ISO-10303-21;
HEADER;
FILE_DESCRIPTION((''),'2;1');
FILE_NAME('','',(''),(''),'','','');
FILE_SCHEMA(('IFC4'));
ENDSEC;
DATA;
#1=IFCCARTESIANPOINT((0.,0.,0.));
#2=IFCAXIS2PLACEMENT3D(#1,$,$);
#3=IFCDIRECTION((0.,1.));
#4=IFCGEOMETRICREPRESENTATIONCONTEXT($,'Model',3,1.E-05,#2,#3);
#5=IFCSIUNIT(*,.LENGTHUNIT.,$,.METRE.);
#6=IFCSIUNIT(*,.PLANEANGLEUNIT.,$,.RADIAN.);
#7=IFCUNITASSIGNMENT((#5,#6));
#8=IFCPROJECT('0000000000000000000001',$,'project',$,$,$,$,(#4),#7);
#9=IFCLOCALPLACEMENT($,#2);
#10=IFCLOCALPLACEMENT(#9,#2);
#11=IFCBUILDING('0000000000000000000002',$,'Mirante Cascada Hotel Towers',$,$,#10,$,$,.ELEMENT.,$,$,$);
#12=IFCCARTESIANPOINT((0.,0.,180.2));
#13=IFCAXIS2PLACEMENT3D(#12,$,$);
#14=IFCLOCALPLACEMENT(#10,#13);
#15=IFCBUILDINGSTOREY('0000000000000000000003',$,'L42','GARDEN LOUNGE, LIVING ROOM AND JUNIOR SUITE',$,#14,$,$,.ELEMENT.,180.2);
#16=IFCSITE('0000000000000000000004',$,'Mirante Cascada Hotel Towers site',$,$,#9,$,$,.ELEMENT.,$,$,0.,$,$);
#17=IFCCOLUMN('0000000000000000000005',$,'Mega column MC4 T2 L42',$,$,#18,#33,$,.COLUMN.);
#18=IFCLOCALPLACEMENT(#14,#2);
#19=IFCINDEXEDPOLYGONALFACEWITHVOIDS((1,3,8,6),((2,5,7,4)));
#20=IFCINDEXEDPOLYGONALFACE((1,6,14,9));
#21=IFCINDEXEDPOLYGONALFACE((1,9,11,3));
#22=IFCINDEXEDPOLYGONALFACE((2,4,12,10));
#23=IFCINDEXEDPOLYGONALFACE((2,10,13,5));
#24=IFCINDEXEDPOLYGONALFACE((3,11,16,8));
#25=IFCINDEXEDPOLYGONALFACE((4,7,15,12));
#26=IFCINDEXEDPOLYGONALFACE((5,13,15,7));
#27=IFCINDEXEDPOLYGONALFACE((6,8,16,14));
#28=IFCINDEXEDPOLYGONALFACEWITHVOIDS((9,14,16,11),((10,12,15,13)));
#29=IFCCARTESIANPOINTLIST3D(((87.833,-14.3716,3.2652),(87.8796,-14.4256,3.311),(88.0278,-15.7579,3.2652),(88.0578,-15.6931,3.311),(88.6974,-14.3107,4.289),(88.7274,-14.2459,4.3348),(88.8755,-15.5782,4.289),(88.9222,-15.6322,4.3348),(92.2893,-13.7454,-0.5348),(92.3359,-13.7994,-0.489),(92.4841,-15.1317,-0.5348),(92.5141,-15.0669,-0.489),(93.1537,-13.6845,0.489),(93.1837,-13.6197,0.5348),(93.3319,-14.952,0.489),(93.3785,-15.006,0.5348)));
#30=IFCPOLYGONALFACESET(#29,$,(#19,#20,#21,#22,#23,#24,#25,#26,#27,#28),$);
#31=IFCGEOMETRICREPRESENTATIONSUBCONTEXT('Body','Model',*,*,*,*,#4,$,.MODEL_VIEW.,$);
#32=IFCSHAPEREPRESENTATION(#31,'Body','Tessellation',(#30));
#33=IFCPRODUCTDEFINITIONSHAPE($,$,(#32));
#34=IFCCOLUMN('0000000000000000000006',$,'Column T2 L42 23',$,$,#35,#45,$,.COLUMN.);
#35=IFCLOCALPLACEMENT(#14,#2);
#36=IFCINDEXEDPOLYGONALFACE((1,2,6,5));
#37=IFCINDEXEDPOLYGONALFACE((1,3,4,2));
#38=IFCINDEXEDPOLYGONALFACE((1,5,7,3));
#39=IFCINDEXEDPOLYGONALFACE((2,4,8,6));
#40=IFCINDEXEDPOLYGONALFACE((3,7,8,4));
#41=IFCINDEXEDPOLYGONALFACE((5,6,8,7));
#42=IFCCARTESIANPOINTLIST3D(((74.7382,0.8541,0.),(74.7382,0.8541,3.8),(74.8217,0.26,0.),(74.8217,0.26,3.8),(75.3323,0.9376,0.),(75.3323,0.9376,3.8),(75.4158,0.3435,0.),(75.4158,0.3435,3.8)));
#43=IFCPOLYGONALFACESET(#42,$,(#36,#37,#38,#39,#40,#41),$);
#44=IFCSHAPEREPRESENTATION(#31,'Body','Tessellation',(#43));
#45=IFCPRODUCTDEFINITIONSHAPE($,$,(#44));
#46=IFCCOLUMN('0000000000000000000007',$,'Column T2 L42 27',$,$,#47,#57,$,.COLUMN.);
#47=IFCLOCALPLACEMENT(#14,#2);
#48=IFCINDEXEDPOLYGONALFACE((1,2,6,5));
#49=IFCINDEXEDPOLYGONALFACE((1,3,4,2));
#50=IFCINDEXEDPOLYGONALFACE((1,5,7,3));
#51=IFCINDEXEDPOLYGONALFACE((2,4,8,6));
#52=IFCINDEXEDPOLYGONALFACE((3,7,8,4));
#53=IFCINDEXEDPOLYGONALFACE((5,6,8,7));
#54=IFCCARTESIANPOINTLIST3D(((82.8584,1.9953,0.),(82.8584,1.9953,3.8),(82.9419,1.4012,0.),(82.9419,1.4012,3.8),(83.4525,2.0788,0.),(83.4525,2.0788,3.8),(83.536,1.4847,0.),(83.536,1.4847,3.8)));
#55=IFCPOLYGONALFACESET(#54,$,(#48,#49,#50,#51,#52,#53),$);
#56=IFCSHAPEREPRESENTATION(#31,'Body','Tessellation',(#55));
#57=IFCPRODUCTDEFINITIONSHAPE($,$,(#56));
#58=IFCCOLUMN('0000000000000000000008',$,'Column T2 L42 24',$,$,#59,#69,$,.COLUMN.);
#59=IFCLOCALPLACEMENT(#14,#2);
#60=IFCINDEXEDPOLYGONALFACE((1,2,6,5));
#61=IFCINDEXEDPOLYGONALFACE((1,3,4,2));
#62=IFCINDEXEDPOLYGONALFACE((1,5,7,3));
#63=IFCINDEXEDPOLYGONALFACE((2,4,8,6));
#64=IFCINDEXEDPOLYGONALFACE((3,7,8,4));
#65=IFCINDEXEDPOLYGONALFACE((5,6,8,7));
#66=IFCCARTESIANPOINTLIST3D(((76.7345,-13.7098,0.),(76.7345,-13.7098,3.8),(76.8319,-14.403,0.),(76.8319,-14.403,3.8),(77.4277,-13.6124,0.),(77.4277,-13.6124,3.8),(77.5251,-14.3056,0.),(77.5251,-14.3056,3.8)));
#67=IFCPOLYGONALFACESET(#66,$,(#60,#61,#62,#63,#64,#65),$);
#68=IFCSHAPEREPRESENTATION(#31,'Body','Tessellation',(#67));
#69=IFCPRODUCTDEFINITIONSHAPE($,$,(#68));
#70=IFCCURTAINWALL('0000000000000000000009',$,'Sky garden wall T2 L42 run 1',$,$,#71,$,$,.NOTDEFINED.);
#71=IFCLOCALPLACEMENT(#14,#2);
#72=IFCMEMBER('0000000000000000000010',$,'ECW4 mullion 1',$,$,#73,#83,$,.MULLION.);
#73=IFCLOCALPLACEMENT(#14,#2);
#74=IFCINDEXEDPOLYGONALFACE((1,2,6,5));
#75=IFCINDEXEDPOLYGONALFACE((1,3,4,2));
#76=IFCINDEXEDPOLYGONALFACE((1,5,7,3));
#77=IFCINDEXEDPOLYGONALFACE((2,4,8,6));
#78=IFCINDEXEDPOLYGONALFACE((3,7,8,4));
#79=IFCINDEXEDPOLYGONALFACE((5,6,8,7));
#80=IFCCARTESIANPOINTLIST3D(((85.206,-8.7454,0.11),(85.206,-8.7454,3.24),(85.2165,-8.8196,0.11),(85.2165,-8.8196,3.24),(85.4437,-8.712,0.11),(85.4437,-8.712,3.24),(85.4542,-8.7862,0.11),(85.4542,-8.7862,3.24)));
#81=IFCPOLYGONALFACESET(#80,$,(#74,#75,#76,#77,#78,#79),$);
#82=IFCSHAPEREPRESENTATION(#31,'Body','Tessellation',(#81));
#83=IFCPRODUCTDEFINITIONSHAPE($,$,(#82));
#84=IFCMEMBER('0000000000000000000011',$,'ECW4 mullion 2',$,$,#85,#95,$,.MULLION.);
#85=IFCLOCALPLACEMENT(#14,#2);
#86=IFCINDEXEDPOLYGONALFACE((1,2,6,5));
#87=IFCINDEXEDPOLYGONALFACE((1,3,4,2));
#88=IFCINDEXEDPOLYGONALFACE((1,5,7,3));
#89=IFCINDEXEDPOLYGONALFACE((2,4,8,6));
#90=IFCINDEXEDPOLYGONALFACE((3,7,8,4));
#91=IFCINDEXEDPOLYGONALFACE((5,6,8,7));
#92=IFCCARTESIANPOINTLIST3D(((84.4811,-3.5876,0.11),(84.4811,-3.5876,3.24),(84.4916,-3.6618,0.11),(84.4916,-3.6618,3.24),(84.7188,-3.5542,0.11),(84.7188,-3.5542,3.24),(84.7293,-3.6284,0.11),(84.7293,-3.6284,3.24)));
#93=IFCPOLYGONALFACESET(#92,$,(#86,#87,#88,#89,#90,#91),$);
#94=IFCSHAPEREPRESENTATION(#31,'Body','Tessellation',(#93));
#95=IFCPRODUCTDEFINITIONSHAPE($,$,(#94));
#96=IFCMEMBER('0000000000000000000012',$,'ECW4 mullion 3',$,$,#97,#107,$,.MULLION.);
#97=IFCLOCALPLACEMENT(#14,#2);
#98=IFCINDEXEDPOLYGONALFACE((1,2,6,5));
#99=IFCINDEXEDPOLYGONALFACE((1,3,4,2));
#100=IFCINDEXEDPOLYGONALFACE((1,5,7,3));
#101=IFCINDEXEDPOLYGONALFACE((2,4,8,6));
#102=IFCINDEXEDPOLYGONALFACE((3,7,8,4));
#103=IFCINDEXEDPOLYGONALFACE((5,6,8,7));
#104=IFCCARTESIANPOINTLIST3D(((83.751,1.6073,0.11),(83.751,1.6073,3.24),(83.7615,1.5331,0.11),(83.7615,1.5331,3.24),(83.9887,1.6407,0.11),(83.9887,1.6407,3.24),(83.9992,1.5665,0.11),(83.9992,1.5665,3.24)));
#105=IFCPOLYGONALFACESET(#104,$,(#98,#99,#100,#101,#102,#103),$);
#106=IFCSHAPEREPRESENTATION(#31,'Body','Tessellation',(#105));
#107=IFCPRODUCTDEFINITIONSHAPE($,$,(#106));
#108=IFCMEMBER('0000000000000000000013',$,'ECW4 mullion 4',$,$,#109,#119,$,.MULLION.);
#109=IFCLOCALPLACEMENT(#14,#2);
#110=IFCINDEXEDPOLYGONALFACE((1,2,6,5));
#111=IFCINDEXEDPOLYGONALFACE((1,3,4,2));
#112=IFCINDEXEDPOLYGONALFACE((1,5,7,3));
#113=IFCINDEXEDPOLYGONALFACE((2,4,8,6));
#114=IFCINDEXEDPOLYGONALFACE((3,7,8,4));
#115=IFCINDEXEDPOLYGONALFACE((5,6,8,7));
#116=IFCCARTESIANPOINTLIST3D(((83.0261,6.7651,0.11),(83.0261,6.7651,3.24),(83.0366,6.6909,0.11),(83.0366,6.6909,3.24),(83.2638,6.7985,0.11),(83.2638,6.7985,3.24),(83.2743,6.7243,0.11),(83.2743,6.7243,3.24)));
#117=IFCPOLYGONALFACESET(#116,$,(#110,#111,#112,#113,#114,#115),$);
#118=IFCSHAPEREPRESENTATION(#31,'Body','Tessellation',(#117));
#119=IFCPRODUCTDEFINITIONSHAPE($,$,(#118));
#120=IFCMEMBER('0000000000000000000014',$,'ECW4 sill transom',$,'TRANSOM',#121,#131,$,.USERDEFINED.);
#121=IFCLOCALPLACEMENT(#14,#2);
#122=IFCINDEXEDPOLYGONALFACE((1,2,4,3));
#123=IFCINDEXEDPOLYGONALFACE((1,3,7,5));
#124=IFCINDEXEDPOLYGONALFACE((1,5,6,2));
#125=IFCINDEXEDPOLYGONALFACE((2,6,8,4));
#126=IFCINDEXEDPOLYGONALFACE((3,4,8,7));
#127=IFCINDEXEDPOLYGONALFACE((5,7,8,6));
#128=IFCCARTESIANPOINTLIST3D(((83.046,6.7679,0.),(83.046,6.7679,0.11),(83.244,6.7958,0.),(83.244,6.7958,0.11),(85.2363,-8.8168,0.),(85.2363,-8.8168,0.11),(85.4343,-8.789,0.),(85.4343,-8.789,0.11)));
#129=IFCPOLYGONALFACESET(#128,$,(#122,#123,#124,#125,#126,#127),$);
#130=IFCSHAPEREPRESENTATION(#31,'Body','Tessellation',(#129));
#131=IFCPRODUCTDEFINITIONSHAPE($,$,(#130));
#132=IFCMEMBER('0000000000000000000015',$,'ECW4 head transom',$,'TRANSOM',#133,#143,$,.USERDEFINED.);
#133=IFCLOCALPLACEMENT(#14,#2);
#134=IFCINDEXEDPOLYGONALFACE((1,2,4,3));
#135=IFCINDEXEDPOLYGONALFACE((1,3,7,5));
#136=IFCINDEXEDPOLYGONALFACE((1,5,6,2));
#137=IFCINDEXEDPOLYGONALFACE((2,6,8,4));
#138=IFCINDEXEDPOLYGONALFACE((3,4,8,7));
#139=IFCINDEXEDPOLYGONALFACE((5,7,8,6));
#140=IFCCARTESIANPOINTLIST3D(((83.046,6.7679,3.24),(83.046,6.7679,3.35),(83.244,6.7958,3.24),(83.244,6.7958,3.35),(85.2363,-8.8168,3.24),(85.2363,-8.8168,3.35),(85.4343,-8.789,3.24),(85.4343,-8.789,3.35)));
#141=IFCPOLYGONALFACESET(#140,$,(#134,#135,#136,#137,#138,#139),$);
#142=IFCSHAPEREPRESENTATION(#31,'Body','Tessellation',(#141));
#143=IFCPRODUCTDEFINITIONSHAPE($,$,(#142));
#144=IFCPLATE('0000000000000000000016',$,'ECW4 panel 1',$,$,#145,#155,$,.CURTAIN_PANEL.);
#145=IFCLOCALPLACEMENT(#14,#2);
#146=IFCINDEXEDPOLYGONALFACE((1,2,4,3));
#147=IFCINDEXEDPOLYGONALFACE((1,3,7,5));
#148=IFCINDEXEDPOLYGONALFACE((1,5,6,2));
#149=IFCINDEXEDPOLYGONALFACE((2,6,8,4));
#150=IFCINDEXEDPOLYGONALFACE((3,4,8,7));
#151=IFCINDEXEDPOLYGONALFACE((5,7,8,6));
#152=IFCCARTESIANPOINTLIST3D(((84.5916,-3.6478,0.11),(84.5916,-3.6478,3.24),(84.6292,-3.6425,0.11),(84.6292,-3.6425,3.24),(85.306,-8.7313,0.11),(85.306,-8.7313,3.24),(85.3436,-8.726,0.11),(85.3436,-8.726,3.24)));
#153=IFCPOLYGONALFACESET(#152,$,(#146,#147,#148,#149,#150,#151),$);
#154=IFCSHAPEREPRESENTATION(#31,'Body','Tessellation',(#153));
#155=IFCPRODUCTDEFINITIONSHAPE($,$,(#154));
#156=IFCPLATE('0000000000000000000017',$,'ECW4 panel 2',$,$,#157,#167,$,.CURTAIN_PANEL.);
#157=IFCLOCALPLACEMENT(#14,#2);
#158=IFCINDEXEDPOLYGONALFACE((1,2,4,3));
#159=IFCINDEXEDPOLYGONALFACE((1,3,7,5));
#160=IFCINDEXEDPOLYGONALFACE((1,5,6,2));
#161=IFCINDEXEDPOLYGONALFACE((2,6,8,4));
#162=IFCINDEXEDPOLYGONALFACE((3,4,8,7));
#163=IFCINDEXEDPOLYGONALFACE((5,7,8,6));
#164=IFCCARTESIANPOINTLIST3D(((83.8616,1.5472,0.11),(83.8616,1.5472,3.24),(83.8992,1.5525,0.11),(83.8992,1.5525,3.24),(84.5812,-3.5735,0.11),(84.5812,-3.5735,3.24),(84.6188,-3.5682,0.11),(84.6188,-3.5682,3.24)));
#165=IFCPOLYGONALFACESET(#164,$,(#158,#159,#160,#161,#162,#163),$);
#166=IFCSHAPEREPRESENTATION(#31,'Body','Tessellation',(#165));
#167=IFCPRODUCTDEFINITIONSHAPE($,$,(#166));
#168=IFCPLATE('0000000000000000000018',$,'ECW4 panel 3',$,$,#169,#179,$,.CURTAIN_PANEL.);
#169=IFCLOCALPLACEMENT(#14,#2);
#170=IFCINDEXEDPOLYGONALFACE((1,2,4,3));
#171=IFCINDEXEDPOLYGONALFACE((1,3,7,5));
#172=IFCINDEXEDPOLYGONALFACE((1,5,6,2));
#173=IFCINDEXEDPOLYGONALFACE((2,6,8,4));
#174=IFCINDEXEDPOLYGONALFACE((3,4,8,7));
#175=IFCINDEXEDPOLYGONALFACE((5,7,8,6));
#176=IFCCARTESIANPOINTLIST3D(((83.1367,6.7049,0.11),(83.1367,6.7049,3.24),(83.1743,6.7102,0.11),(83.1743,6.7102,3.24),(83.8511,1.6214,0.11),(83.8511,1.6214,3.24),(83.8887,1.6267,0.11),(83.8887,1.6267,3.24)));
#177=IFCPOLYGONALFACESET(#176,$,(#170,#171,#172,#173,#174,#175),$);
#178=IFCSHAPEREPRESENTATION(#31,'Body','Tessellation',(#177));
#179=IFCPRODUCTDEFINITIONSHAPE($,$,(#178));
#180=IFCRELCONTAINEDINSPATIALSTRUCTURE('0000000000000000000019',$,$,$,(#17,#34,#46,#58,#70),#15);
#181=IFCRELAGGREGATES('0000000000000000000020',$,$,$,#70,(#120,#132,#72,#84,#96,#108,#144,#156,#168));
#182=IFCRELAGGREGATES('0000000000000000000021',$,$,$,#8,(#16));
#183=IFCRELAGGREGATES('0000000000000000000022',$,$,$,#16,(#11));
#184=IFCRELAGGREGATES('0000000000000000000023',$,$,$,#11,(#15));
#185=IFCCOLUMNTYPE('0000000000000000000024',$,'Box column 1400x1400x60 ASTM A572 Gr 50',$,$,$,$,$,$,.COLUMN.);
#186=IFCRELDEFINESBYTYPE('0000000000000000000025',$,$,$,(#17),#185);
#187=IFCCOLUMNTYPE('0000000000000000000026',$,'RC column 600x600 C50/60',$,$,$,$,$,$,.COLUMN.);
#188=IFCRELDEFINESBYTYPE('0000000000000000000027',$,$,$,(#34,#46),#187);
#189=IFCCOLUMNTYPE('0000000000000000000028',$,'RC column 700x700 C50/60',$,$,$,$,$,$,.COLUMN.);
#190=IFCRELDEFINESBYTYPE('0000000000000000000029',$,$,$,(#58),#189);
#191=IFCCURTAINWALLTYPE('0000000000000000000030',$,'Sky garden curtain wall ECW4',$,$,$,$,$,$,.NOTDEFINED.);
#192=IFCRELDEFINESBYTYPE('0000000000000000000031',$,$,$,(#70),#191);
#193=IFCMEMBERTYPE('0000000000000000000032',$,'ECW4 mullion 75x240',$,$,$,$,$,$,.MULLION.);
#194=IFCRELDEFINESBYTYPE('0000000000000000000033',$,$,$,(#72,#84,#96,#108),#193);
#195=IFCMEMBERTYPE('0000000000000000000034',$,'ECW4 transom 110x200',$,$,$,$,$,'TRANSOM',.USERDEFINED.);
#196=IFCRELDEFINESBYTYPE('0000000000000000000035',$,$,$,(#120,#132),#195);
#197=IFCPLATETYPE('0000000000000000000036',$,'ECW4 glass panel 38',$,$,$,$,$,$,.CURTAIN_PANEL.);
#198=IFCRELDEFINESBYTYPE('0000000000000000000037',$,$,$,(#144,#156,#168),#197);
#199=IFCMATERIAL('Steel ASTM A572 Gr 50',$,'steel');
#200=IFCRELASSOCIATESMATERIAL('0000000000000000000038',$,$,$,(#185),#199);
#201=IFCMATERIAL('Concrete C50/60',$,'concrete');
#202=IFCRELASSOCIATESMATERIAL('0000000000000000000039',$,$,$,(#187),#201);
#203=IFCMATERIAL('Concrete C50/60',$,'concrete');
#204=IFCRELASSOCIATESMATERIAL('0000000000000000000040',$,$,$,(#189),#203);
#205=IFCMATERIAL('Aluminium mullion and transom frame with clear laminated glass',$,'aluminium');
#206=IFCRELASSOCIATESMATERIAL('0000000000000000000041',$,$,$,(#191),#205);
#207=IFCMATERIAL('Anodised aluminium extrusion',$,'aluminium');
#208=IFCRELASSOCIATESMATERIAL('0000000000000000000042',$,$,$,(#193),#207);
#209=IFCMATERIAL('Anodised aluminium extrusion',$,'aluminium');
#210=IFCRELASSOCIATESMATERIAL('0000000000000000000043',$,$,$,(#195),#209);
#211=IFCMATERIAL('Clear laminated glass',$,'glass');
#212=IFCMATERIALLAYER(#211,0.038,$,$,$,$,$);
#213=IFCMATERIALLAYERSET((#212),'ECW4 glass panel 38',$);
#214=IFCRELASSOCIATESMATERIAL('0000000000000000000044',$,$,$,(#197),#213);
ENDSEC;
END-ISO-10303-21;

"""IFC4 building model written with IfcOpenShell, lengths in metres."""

from ifc_helpers import new_model, si_unit, direction, frame, origin, origin_2d, place, context, subcontext, project, spatial, rectangle, hollow_rectangle, extrude, material, layer, layer_set, material_profile, profile_set, type_object, element, aggregate, save


model = new_model("IFC4")

# Units and contexts
model_context = context("Model", 3, precision=1e-05, world=origin(), true_north=direction((0.0, 1.0)))
body_context = subcontext(model_context, "Body", "Model", "MODEL_VIEW")
ifc_project = project(units=[si_unit("LENGTHUNIT", "METRE"), si_unit("PLANEANGLEUNIT", "RADIAN")], contexts=[model_context])

# Site, building, storey
site_placement = place(None, origin())
site = spatial("IfcSite", under=ifc_project, at=site_placement, Name="Mirante Cascada Hotel Towers site", CompositionType="ELEMENT", RefElevation=0.0)
building_placement = place(site_placement, origin())
building = spatial("IfcBuilding", under=site, at=building_placement, Name="Mirante Cascada Hotel Towers", CompositionType="ELEMENT")
storey_placement = place(building_placement, frame((0.0, 0.0, 180.2)))
storey = spatial("IfcBuildingStorey", under=building, at=storey_placement, Name="L42", Description="GARDEN LOUNGE, LIVING ROOM AND JUNIOR SUITE", CompositionType="ELEMENT", Elevation=180.2)

# Columns
ifc_material_1 = material(Name="Steel ASTM A572 Gr 50", Category="steel")
ifc_material_profile_1 = material_profile(ifc_material_1, hollow_rectangle(XDim=1.4, YDim=1.4, WallThickness=0.06, at=origin_2d()), Name="Box column 1400x1400x60 ASTM A572 Gr 50")
ifc_profile_set_1 = profile_set([ifc_material_profile_1], Name="Steel ASTM A572 Gr 50")
column_type_1 = type_object("IfcColumnType", Name="Box column 1400x1400x60 ASTM A572 Gr 50", PredefinedType="COLUMN", material=ifc_profile_set_1)
column_1_placement = place(storey_placement, frame((92.8339, -14.3757, 0.0), z_axis=(-0.756602, -0.106318, 0.645174), x_axis=(0.139153, -0.990271, 0.0)))
element("IfcColumn", 1, at=column_1_placement, inside=storey, type_object=column_type_1, Name="Mega column MC4 T2 L42", PredefinedType="COLUMN", context=body_context, shape_type="SweptSolid", body=[
    extrude(hollow_rectangle(XDim=1.4, YDim=1.4, WallThickness=0.06, at=origin_2d()), origin(), (0.0, 0.0, 1.0), 5.8899),
])
ifc_material_2 = material(Name="Concrete C50/60", Category="concrete")
ifc_material_profile_2 = material_profile(ifc_material_2, rectangle(XDim=0.6, YDim=0.6, at=origin_2d()), Name="RC column 600x600 C50/60")
ifc_profile_set_2 = profile_set([ifc_material_profile_2], Name="Concrete C50/60")
column_type_2 = type_object("IfcColumnType", Name="RC column 600x600 C50/60", PredefinedType="COLUMN", material=ifc_profile_set_2)
for number, where, z_axis, x_axis, name in (
    (2, (75.077, 0.5988, 0.0), (0.0, 0.0, 1.0), (0.990268, 0.139173, 0.0), "Column T2 L42 23"),
    (3, (83.1972, 1.74, 0.0), (0.0, 0.0, 1.0), (0.990268, 0.139173, 0.0), "Column T2 L42 27"),
):
    element("IfcColumn", number, at=place(storey_placement, frame(where, z_axis=z_axis, x_axis=x_axis)), inside=storey, type_object=column_type_2, Name=name, PredefinedType="COLUMN", context=body_context, shape_type="SweptSolid", body=[
        extrude(rectangle(XDim=0.6, YDim=0.6, at=origin_2d()), origin(), (0.0, 0.0, 1.0), 3.8),
    ])
ifc_material_3 = material(Name="Concrete C50/60", Category="concrete")
ifc_material_profile_3 = material_profile(ifc_material_3, rectangle(XDim=0.7, YDim=0.7, at=origin_2d()), Name="RC column 700x700 C50/60")
ifc_profile_set_3 = profile_set([ifc_material_profile_3], Name="Concrete C50/60")
column_type_3 = type_object("IfcColumnType", Name="RC column 700x700 C50/60", PredefinedType="COLUMN", material=ifc_profile_set_3)
column_2_placement = place(storey_placement, frame((77.1298, -14.0077, 0.0), z_axis=(0.0, 0.0, 1.0), x_axis=(0.990268, 0.139173, 0.0)))
element("IfcColumn", 4, at=column_2_placement, inside=storey, type_object=column_type_3, Name="Column T2 L42 24", PredefinedType="COLUMN", context=body_context, shape_type="SweptSolid", body=[
    extrude(rectangle(XDim=0.7, YDim=0.7, at=origin_2d()), origin(), (0.0, 0.0, 1.0), 3.8),
])

# Curtain wall, members, plates
ifc_material_4 = material(Name="Aluminium mullion and transom frame with clear laminated glass", Category="aluminium")
curtain_wall_type = type_object("IfcCurtainWallType", Name="Sky garden curtain wall ECW4", PredefinedType="NOTDEFINED", material=ifc_material_4)
curtain_wall_placement = place(storey_placement, origin())
curtain_wall = element("IfcCurtainWall", 5, at=curtain_wall_placement, inside=storey, type_object=curtain_wall_type, Name="Sky garden wall T2 L42 run 1", PredefinedType="NOTDEFINED")
ifc_material_5 = material(Name="Anodised aluminium extrusion", Category="aluminium")
ifc_material_profile_4 = material_profile(ifc_material_5, rectangle(XDim=0.24, YDim=0.075, at=origin_2d()), Name="ECW4 MULLION 75x240")
ifc_profile_set_4 = profile_set([ifc_material_profile_4], Name="Anodised aluminium extrusion")
member_type_1 = type_object("IfcMemberType", Name="ECW4 mullion 75x240", PredefinedType="MULLION", material=ifc_profile_set_4)
member_1_placement = place(storey_placement, frame((85.3301, -8.7658, 0.11), z_axis=(0.0, 0.0, 1.0), x_axis=(-0.990268, -0.139173, 0.0)))
member_1 = element("IfcMember", 6, at=member_1_placement, type_object=member_type_1, Name="ECW4 mullion 1", PredefinedType="MULLION", context=body_context, shape_type="SweptSolid", body=[
    extrude(rectangle(XDim=0.24, YDim=0.075, at=origin_2d()), origin(), (0.0, 0.0, 1.0), 3.13),
])
member_2_placement = place(storey_placement, frame((84.6052, -3.608, 0.11), z_axis=(0.0, 0.0, 1.0), x_axis=(-0.990268, -0.139173, 0.0)))
member_2 = element("IfcMember", 7, at=member_2_placement, type_object=member_type_1, Name="ECW4 mullion 2", PredefinedType="MULLION", context=body_context, shape_type="SweptSolid", body=[
    extrude(rectangle(XDim=0.24, YDim=0.075, at=origin_2d()), origin(), (0.0, 0.0, 1.0), 3.13),
])
member_3_placement = place(storey_placement, frame((83.8751, 1.5869, 0.11), z_axis=(0.0, 0.0, 1.0), x_axis=(-0.990268, -0.139173, 0.0)))
member_3 = element("IfcMember", 8, at=member_3_placement, type_object=member_type_1, Name="ECW4 mullion 3", PredefinedType="MULLION", context=body_context, shape_type="SweptSolid", body=[
    extrude(rectangle(XDim=0.24, YDim=0.075, at=origin_2d()), origin(), (0.0, 0.0, 1.0), 3.13),
])
member_4_placement = place(storey_placement, frame((83.1502, 6.7447, 0.11), z_axis=(0.0, 0.0, 1.0), x_axis=(-0.990268, -0.139173, 0.0)))
member_4 = element("IfcMember", 9, at=member_4_placement, type_object=member_type_1, Name="ECW4 mullion 4", PredefinedType="MULLION", context=body_context, shape_type="SweptSolid", body=[
    extrude(rectangle(XDim=0.24, YDim=0.075, at=origin_2d()), origin(), (0.0, 0.0, 1.0), 3.13),
])
ifc_material_6 = material(Name="Anodised aluminium extrusion", Category="aluminium")
ifc_material_profile_5 = material_profile(ifc_material_6, rectangle(XDim=0.2, YDim=0.11, at=origin_2d()), Name="ECW4 TRANSOM 110x200")
ifc_profile_set_5 = profile_set([ifc_material_profile_5], Name="Anodised aluminium extrusion")
member_type_2 = type_object("IfcMemberType", Name="ECW4 transom 110x200", ElementType="TRANSOM", PredefinedType="USERDEFINED", material=ifc_profile_set_5)
member_5_placement = place(storey_placement, frame((85.3353, -8.8029, 0.055), z_axis=(-0.139174, 0.990268, 0.0), x_axis=(-0.990268, -0.139174, 0.0)))
member_5 = element("IfcMember", 10, at=member_5_placement, type_object=member_type_2, Name="ECW4 sill transom", ObjectType="TRANSOM", PredefinedType="USERDEFINED", context=body_context, shape_type="SweptSolid", body=[
    extrude(rectangle(XDim=0.2, YDim=0.11, at=origin_2d()), origin(), (0.0, 0.0, 1.0), 15.7379),
])
member_6_placement = place(storey_placement, frame((85.3353, -8.8029, 3.295), z_axis=(-0.139174, 0.990268, 0.0), x_axis=(-0.990268, -0.139174, 0.0)))
member_6 = element("IfcMember", 11, at=member_6_placement, type_object=member_type_2, Name="ECW4 head transom", ObjectType="TRANSOM", PredefinedType="USERDEFINED", context=body_context, shape_type="SweptSolid", body=[
    extrude(rectangle(XDim=0.2, YDim=0.11, at=origin_2d()), origin(), (0.0, 0.0, 1.0), 15.7379),
])
ifc_material_7 = material(Name="Clear laminated glass", Category="glass")
ifc_layer_1 = layer(ifc_material_7, 0.038)
ifc_layer_set_1 = layer_set([ifc_layer_1], Name="ECW4 glass panel 38")
plate_type = type_object("IfcPlateType", Name="ECW4 glass panel 38", PredefinedType="CURTAIN_PANEL", material=ifc_layer_set_1)
plate_1_placement = place(storey_placement, frame((84.9676, -6.1869, 0.11), z_axis=(0.0, 0.0, 1.0), x_axis=(-0.139173, 0.990268, 0.0)))
plate_1 = element("IfcPlate", 12, at=plate_1_placement, type_object=plate_type, Name="ECW4 panel 1", PredefinedType="CURTAIN_PANEL", context=body_context, shape_type="SweptSolid", body=[
    extrude(rectangle(XDim=5.1335, YDim=0.038, at=origin_2d()), origin(), (0.0, 0.0, 1.0), 3.13),
])
plate_2_placement = place(storey_placement, frame((84.2402, -1.0105, 0.11), z_axis=(0.0, 0.0, 1.0), x_axis=(-0.139173, 0.990268, 0.0)))
plate_2 = element("IfcPlate", 13, at=plate_2_placement, type_object=plate_type, Name="ECW4 panel 2", PredefinedType="CURTAIN_PANEL", context=body_context, shape_type="SweptSolid", body=[
    extrude(rectangle(XDim=5.171, YDim=0.038, at=origin_2d()), origin(), (0.0, 0.0, 1.0), 3.13),
])
plate_3_placement = place(storey_placement, frame((83.5127, 4.1658, 0.11), z_axis=(0.0, 0.0, 1.0), x_axis=(-0.139173, 0.990268, 0.0)))
plate_3 = element("IfcPlate", 14, at=plate_3_placement, type_object=plate_type, Name="ECW4 panel 3", PredefinedType="CURTAIN_PANEL", context=body_context, shape_type="SweptSolid", body=[
    extrude(rectangle(XDim=5.1335, YDim=0.038, at=origin_2d()), origin(), (0.0, 0.0, 1.0), 3.13),
])
aggregate(curtain_wall, [member_5, member_6, member_1, member_2, member_3, member_4, plate_1, plate_2, plate_3])

save(model, "model.ifc")
